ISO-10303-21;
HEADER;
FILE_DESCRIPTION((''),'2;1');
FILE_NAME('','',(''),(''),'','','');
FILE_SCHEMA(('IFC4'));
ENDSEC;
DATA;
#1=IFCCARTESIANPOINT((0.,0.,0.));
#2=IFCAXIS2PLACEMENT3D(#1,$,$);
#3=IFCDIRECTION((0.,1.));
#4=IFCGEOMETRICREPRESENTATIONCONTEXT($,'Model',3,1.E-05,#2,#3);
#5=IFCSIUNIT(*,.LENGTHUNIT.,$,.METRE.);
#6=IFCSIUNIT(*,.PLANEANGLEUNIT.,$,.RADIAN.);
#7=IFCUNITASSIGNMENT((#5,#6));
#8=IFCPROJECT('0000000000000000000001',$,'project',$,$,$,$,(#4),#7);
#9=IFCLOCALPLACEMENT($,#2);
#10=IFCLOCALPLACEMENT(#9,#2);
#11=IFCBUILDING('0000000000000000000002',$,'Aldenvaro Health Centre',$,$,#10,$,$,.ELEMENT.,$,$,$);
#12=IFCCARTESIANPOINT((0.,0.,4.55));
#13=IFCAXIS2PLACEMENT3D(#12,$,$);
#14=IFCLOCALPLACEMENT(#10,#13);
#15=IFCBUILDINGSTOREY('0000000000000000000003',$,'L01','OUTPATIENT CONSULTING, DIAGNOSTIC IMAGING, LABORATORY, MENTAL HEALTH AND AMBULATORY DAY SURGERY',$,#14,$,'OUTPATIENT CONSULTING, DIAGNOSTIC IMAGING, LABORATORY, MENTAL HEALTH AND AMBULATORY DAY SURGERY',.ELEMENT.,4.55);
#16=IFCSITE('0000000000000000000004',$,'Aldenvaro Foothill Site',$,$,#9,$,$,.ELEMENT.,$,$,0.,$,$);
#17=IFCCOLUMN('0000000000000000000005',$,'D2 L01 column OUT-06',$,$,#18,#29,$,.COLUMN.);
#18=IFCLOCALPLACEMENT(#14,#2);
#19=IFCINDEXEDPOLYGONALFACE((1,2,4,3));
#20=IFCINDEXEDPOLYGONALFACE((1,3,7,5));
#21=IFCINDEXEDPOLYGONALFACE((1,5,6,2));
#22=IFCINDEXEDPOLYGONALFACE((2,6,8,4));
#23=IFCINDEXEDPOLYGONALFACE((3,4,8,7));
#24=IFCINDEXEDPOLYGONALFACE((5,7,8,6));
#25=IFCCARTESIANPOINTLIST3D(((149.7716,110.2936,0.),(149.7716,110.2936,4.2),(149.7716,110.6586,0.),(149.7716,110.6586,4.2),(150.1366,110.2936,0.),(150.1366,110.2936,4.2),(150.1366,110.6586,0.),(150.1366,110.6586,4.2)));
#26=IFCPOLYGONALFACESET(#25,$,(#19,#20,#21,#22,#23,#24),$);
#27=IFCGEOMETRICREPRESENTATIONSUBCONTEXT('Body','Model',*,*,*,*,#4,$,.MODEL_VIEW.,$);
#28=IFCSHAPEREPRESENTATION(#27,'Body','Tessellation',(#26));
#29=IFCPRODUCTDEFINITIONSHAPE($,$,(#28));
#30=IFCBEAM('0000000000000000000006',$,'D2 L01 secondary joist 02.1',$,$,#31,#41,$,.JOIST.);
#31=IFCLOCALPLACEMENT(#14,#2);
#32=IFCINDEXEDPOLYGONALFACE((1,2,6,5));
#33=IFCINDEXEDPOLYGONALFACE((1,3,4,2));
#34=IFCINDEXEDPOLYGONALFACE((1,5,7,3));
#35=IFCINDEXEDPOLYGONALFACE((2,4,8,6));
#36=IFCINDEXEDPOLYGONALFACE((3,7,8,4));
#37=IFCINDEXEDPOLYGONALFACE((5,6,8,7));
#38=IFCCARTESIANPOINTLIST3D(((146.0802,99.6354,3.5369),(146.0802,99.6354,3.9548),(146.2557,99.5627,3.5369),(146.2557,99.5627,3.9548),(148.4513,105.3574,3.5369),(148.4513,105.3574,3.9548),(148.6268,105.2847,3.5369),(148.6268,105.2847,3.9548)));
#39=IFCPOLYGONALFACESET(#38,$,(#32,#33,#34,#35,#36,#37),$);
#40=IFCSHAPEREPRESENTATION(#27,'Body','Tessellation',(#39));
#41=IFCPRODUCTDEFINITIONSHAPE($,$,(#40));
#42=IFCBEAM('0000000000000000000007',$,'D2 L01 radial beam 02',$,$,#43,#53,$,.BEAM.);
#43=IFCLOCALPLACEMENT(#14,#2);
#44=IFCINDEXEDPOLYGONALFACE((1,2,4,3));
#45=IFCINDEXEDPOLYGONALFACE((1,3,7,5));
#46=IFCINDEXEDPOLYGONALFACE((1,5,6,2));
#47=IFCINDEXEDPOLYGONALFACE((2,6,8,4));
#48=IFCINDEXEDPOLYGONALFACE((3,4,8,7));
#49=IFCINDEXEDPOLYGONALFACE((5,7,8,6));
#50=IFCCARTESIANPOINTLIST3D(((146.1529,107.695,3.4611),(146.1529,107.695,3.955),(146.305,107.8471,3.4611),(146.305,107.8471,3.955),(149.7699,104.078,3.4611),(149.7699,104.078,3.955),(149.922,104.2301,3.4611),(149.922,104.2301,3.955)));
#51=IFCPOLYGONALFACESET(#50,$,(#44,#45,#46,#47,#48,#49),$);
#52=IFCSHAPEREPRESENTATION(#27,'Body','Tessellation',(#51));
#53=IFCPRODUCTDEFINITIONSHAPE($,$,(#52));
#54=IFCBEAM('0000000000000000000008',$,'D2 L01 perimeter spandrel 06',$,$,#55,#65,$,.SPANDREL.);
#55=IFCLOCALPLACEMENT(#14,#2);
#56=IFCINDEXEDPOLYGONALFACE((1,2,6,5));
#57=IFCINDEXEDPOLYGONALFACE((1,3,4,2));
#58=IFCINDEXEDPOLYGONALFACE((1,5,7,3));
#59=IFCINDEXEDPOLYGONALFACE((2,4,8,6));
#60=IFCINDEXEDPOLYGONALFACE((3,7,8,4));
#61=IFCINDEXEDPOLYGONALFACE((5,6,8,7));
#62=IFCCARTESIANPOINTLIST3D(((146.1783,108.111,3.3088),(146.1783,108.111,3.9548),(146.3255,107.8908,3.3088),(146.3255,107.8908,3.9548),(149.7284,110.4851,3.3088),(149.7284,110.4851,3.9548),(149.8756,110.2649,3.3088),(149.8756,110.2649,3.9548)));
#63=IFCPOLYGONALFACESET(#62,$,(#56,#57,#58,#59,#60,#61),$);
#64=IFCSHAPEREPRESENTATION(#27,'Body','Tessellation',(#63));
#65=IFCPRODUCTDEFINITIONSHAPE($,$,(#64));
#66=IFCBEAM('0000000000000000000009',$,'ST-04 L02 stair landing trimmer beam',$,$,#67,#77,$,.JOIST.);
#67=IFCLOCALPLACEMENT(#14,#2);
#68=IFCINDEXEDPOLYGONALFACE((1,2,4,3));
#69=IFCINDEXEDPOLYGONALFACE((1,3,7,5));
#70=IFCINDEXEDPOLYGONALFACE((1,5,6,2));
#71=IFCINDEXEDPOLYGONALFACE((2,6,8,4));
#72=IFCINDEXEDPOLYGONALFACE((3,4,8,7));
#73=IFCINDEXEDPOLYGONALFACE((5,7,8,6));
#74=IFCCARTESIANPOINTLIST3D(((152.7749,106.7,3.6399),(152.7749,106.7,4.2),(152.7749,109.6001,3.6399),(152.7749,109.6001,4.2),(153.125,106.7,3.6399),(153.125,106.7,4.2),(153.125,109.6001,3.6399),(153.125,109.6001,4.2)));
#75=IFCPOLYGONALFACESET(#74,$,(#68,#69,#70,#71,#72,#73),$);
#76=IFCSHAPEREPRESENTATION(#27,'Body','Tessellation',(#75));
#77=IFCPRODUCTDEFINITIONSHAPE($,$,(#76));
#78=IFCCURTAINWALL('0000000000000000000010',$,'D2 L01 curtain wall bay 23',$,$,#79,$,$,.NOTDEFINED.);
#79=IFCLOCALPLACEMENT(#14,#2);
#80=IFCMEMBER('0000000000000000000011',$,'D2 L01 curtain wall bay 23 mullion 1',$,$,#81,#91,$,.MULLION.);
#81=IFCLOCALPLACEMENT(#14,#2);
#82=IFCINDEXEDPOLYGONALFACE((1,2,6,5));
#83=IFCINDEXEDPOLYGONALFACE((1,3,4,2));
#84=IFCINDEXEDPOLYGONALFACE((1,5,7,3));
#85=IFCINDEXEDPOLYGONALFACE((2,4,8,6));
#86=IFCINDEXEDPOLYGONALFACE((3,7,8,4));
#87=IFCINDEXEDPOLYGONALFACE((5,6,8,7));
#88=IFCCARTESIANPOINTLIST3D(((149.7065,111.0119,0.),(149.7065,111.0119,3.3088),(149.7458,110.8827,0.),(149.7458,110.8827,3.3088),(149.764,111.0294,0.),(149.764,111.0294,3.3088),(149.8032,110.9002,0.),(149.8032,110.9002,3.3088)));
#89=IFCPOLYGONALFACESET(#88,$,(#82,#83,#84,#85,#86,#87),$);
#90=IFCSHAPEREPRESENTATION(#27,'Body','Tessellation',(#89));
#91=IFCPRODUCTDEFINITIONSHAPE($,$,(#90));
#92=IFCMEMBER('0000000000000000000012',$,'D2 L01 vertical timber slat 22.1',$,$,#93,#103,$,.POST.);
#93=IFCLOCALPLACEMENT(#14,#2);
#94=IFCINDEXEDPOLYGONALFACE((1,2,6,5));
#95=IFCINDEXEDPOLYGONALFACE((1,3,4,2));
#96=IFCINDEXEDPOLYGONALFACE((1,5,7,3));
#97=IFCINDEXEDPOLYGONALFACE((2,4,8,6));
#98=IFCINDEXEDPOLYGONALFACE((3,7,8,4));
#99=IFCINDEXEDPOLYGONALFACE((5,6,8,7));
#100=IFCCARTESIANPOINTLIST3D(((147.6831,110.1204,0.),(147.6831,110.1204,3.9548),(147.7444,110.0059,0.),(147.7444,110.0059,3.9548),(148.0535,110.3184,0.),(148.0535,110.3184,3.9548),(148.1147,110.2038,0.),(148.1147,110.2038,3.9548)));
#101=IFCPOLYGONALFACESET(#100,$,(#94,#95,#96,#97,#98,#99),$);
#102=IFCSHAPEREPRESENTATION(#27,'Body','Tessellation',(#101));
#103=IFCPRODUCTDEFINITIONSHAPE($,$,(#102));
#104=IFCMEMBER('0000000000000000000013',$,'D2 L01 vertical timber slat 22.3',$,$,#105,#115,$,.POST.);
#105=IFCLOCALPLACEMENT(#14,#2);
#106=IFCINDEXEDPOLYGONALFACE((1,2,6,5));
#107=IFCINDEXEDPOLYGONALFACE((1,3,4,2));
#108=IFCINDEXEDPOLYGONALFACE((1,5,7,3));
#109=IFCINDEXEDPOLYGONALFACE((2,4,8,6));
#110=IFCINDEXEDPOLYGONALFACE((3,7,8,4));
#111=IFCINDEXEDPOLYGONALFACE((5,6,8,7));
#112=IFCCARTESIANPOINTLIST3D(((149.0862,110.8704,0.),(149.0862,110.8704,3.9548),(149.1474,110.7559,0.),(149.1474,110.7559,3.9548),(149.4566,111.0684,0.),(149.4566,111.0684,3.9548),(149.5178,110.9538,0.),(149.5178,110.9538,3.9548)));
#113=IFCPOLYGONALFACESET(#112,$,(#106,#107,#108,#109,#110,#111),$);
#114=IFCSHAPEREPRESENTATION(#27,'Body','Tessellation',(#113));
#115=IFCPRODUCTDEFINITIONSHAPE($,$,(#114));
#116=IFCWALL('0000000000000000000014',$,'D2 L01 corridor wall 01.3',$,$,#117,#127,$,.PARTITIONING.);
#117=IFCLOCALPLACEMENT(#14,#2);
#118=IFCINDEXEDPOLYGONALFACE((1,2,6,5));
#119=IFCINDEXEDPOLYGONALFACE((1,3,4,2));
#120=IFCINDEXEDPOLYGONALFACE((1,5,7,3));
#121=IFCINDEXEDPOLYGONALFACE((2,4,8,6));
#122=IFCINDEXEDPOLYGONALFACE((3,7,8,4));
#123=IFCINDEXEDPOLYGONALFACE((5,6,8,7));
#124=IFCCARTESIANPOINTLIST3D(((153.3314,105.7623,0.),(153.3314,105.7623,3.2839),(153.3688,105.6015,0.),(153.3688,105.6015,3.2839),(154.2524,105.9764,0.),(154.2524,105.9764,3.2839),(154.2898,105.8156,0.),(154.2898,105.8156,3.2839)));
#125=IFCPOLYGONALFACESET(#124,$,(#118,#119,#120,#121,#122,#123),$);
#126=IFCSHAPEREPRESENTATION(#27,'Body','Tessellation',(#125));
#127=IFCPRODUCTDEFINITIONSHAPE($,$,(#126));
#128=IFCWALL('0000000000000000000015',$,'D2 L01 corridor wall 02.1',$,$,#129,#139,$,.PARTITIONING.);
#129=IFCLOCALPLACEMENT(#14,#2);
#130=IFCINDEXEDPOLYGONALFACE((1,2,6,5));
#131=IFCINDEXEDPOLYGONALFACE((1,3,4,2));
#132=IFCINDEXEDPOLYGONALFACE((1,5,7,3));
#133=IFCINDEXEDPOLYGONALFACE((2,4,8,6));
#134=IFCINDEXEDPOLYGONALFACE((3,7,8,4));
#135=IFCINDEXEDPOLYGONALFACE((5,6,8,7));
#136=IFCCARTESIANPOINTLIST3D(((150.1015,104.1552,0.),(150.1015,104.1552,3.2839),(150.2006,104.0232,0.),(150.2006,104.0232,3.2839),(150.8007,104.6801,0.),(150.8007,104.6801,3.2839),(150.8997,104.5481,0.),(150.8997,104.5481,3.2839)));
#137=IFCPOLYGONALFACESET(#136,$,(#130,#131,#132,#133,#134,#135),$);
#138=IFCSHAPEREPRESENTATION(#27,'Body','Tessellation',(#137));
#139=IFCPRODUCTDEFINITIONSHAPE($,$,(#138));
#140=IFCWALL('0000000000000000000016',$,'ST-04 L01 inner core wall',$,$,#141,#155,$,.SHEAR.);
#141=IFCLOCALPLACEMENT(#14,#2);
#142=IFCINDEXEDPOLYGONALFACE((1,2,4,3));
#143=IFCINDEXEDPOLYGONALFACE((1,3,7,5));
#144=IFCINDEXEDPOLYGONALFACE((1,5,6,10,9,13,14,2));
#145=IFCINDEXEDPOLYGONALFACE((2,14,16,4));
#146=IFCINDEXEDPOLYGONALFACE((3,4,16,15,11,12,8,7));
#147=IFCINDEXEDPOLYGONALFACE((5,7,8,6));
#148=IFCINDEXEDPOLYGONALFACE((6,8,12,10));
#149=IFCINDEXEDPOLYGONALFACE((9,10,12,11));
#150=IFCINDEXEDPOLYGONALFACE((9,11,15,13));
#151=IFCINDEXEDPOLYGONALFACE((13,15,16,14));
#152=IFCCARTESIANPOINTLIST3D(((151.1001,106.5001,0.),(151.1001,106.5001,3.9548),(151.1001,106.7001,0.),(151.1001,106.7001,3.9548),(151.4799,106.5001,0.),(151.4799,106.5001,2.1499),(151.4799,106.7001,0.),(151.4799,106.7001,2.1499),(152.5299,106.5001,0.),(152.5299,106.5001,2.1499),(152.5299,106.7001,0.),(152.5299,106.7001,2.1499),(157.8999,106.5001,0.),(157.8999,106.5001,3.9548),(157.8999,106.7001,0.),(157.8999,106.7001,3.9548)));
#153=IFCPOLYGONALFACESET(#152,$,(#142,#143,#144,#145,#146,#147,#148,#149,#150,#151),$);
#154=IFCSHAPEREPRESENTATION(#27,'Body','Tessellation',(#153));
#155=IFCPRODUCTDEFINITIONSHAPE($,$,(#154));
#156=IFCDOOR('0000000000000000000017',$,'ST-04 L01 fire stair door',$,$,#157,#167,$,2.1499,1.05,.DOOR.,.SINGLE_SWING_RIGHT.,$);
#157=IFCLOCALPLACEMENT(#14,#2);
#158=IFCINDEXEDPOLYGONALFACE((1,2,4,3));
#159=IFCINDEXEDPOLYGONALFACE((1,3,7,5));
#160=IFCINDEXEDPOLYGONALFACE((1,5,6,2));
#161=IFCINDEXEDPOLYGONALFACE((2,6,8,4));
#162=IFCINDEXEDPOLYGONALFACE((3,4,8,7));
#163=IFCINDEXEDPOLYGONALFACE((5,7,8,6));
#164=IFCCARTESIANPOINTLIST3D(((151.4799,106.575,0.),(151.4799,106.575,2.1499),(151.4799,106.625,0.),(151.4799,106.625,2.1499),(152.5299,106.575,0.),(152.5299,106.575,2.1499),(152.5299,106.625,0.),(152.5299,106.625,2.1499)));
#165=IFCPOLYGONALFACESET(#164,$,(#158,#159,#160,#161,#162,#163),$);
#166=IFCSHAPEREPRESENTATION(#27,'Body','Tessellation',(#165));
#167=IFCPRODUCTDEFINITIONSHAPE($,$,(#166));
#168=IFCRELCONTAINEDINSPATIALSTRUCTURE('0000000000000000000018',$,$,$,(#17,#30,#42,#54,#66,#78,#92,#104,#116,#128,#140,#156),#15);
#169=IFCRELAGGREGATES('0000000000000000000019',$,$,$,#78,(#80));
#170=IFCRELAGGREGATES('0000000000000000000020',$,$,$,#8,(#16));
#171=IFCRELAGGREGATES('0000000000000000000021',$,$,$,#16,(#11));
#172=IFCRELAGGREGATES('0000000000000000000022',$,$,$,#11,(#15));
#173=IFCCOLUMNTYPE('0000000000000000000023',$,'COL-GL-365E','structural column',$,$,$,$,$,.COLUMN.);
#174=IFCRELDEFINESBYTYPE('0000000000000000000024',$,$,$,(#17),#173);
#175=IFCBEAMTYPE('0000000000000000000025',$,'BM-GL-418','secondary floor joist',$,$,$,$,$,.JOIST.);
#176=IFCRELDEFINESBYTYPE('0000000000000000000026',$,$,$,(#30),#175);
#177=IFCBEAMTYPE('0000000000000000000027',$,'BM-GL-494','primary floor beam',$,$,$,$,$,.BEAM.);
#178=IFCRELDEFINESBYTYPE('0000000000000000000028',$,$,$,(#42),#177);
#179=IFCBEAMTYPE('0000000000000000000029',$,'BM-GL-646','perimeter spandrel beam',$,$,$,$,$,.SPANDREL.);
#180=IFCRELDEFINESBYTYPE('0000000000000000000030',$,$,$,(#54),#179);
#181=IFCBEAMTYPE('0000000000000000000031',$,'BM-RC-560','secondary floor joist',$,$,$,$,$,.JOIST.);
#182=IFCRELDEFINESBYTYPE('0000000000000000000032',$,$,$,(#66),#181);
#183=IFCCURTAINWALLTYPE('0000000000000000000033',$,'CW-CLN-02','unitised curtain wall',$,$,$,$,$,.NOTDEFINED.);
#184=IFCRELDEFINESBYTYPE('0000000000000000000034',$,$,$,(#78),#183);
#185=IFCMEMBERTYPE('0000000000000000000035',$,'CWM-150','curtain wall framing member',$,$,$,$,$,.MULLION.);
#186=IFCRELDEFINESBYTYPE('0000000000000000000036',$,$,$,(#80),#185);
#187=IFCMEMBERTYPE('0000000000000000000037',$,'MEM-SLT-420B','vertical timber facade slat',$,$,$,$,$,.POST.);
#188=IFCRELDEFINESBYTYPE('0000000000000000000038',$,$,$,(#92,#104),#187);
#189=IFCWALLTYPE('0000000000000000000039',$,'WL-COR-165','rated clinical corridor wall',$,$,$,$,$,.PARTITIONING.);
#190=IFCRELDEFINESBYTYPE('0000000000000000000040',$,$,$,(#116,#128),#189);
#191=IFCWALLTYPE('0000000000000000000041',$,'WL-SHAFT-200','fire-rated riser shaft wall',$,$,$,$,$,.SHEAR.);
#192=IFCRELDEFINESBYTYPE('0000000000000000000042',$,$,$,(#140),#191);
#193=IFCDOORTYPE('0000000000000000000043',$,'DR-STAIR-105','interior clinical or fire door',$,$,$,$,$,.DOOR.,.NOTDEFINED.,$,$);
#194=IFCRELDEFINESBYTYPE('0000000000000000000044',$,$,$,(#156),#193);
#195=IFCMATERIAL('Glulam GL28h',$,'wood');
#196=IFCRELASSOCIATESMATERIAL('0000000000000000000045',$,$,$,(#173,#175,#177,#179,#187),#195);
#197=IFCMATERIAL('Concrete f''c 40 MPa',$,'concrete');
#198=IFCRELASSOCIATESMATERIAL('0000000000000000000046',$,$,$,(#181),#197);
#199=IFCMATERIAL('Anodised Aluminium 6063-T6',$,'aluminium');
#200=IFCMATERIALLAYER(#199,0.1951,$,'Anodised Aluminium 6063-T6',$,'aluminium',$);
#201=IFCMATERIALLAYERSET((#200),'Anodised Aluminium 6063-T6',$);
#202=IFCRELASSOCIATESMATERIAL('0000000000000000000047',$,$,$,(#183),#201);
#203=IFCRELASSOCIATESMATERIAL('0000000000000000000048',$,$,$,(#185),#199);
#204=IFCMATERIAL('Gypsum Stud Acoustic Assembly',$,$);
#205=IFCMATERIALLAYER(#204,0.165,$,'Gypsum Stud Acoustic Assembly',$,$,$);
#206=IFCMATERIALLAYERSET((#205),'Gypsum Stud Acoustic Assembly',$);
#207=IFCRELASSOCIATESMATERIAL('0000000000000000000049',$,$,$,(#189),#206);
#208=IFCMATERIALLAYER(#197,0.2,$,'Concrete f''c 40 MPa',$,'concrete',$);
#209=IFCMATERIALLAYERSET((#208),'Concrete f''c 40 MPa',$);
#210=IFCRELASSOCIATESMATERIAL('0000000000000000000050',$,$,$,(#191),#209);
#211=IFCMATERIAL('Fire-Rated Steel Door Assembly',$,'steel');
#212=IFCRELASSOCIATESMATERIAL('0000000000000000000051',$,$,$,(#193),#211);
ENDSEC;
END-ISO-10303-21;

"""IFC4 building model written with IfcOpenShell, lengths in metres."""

from ifc_helpers import new_model, si_unit, direction, frame, frame_2d, origin, origin_2d, place, context, subcontext, project, spatial, rectangle, extrude, material, layer, layer_set, material_profile, profile_set, type_object, element, fill, aggregate, save


model = new_model("IFC4")

# Units and contexts
model_context = context("Model", 3, precision=1e-05, world=origin(), true_north=direction((0.0, 1.0)))
body_context = subcontext(model_context, "Body", "Model", "MODEL_VIEW")
ifc_project = project(units=[si_unit("LENGTHUNIT", "METRE"), si_unit("PLANEANGLEUNIT", "RADIAN")], contexts=[model_context])

# Site, building, storey
site_placement = place(None, origin())
site = spatial("IfcSite", under=ifc_project, at=site_placement, Name="Aldenvaro Foothill Site", CompositionType="ELEMENT", RefElevation=0.0)
building_placement = place(site_placement, origin())
building = spatial("IfcBuilding", under=site, at=building_placement, Name="Aldenvaro Health Centre", CompositionType="ELEMENT")
storey_placement = place(building_placement, frame((0.0, 0.0, 4.55)))
storey = spatial("IfcBuildingStorey", under=building, at=storey_placement, Name="L01", Description="OUTPATIENT CONSULTING, DIAGNOSTIC IMAGING, LABORATORY, MENTAL HEALTH AND AMBULATORY DAY SURGERY", LongName="OUTPATIENT CONSULTING, DIAGNOSTIC IMAGING, LABORATORY, MENTAL HEALTH AND AMBULATORY DAY SURGERY", CompositionType="ELEMENT", Elevation=4.55)

# Column
ifc_material_1 = material(Name="Glulam GL28h", Category="wood")
ifc_material_profile_1 = material_profile(ifc_material_1, rectangle(XDim=0.365, YDim=0.365, at=origin_2d()), Name="GL 365x365", Category="wood")
ifc_profile_set_1 = profile_set([ifc_material_profile_1], Name="Glulam GL28h")
column_type = type_object("IfcColumnType", Name="COL-GL-365E", Description="structural column", PredefinedType="COLUMN", material=ifc_profile_set_1)
column_placement = place(storey_placement, frame((149.9541, 110.4761, 0.0), z_axis=(0.0, 0.0, 1.0), x_axis=(1.0, 0.0, 0.0)))
element("IfcColumn", 1, at=column_placement, inside=storey, type_object=column_type, Name="D2 L01 column OUT-06", PredefinedType="COLUMN", context=body_context, shape_type="SweptSolid", body=[
    extrude(rectangle(XDim=0.365, YDim=0.365, at=origin_2d()), origin(), (0.0, 0.0, 1.0), 4.2),
])

# Beams
ifc_material_profile_2 = material_profile(ifc_material_1, rectangle(XDim=0.1899, YDim=0.418, at=origin_2d()), Name="GL 190x418", Category="wood")
ifc_profile_set_2 = profile_set([ifc_material_profile_2], Name="Glulam GL28h")
beam_type_1 = type_object("IfcBeamType", Name="BM-GL-418", Description="secondary floor joist", PredefinedType="JOIST", material=ifc_profile_set_2)
beam_1_placement = place(storey_placement, frame((148.5391, 105.321, 3.7458), z_axis=(-0.382821, -0.923823, 0.0), x_axis=(0.923823, -0.382821, 0.0)))
element("IfcBeam", 2, at=beam_1_placement, inside=storey, type_object=beam_type_1, Name="D2 L01 secondary joist 02.1", PredefinedType="JOIST", context=body_context, shape_type="SweptSolid", body=[
    extrude(rectangle(XDim=0.1899, YDim=0.418, at=origin_2d()), origin(), (0.0, 0.0, 1.0), 6.1938),
])
ifc_material_profile_3 = material_profile(ifc_material_1, rectangle(XDim=0.2151, YDim=0.4939, at=origin_2d()), Name="GL 215x494", Category="wood")
ifc_profile_set_3 = profile_set([ifc_material_profile_3], Name="Glulam GL28h")
beam_type_2 = type_object("IfcBeamType", Name="BM-GL-494", Description="primary floor beam", PredefinedType="BEAM", material=ifc_profile_set_3)
beam_2_placement = place(storey_placement, frame((149.8459, 104.1541, 3.708), z_axis=(-0.707107, 0.707107, 0.0), x_axis=(-0.707107, -0.707107, 0.0)))
element("IfcBeam", 3, at=beam_2_placement, inside=storey, type_object=beam_type_2, Name="D2 L01 radial beam 02", PredefinedType="BEAM", context=body_context, shape_type="SweptSolid", body=[
    extrude(rectangle(XDim=0.2151, YDim=0.4939, at=origin_2d()), origin(), (0.0, 0.0, 1.0), 5.1152),
])
ifc_material_profile_4 = material_profile(ifc_material_1, rectangle(XDim=0.2649, YDim=0.646, at=origin_2d()), Name="GL 265x646", Category="wood")
ifc_profile_set_4 = profile_set([ifc_material_profile_4], Name="Glulam GL28h")
beam_type_3 = type_object("IfcBeamType", Name="BM-GL-646", Description="perimeter spandrel beam", PredefinedType="SPANDREL", material=ifc_profile_set_4)
beam_3_placement = place(storey_placement, frame((149.802, 110.375, 3.6318), z_axis=(-0.831258, -0.555887, 0.0), x_axis=(0.555887, -0.831258, 0.0)))
element("IfcBeam", 4, at=beam_3_placement, inside=storey, type_object=beam_type_3, Name="D2 L01 perimeter spandrel 06", PredefinedType="SPANDREL", context=body_context, shape_type="SweptSolid", body=[
    extrude(rectangle(XDim=0.2649, YDim=0.646, at=origin_2d()), origin(), (0.0, 0.0, 1.0), 4.2708),
])
ifc_material_2 = material(Name="Concrete f'c 40 MPa", Category="concrete")
ifc_material_profile_5 = material_profile(ifc_material_2, rectangle(XDim=0.3501, YDim=0.5601, at=origin_2d()), Name="RC 350x560", Category="concrete")
ifc_profile_set_5 = profile_set([ifc_material_profile_5], Name="Concrete f'c 40 MPa")
beam_type_4 = type_object("IfcBeamType", Name="BM-RC-560", Description="secondary floor joist", PredefinedType="JOIST", material=ifc_profile_set_5)
beam_4_placement = place(storey_placement, frame((152.95, 106.7, 3.9199), z_axis=(0.0, 1.0, 0.0), x_axis=(-1.0, 0.0, 0.0)))
element("IfcBeam", 5, at=beam_4_placement, inside=storey, type_object=beam_type_4, Name="ST-04 L02 stair landing trimmer beam", PredefinedType="JOIST", context=body_context, shape_type="SweptSolid", body=[
    extrude(rectangle(XDim=0.3501, YDim=0.5601, at=origin_2d()), origin(), (0.0, 0.0, 1.0), 2.9001),
])

# Curtain wall, member
ifc_material_3 = material(Name="Anodised Aluminium 6063-T6", Category="aluminium")
ifc_layer_1 = layer(ifc_material_3, 0.1951, Name="Anodised Aluminium 6063-T6", Category="aluminium")
ifc_layer_set_1 = layer_set([ifc_layer_1], Name="Anodised Aluminium 6063-T6")
curtain_wall_type = type_object("IfcCurtainWallType", Name="CW-CLN-02", Description="unitised curtain wall", PredefinedType="NOTDEFINED", material=ifc_layer_set_1)
curtain_wall_placement = place(storey_placement, origin())
curtain_wall = element("IfcCurtainWall", 6, at=curtain_wall_placement, inside=storey, type_object=curtain_wall_type, Name="D2 L01 curtain wall bay 23", PredefinedType="NOTDEFINED")
ifc_material_profile_6 = material_profile(ifc_material_3, rectangle(XDim=0.0601, YDim=0.135, at=origin_2d()), Name="ALU 60x135", Category="aluminium")
ifc_profile_set_6 = profile_set([ifc_material_profile_6], Name="Anodised Aluminium 6063-T6")
member_type_1 = type_object("IfcMemberType", Name="CWM-150", Description="curtain wall framing member", PredefinedType="MULLION", material=ifc_profile_set_6)
member_placement = place(storey_placement, frame((149.7549, 110.9561, 0.0), z_axis=(0.0, 0.0, 1.0), x_axis=(0.956893, 0.290441, 0.0)))
member = element("IfcMember", 7, at=member_placement, type_object=member_type_1, Name="D2 L01 curtain wall bay 23 mullion 1", PredefinedType="MULLION", context=body_context, shape_type="SweptSolid", body=[
    extrude(rectangle(XDim=0.0601, YDim=0.135, at=origin_2d()), origin(), (0.0, 0.0, 1.0), 3.3088),
])
aggregate(curtain_wall, [member])

# Members
ifc_material_profile_7 = material_profile(ifc_material_1, rectangle(XDim=0.1299, YDim=0.4199, at=origin_2d()), Name="GL 130x420", Category="wood")
ifc_profile_set_7 = profile_set([ifc_material_profile_7], Name="Glulam GL28h")
member_type_2 = type_object("IfcMemberType", Name="MEM-SLT-420B", Description="vertical timber facade slat", PredefinedType="POST", material=ifc_profile_set_7)
for number, where, z_axis, x_axis, name in (
    (8, (147.8989, 110.1621, 0.0), (0.0, 0.0, 1.0), (-0.471399, 0.88192, 0.0), "D2 L01 vertical timber slat 22.1"),
    (9, (149.302, 110.9121, 0.0), (0.0, 0.0, 1.0), (-0.471399, 0.88192, 0.0), "D2 L01 vertical timber slat 22.3"),
):
    element("IfcMember", number, at=place(storey_placement, frame(where, z_axis=z_axis, x_axis=x_axis)), inside=storey, type_object=member_type_2, Name=name, PredefinedType="POST", context=body_context, shape_type="SweptSolid", body=[
        extrude(rectangle(XDim=0.1299, YDim=0.4199, at=origin_2d()), origin(), (0.0, 0.0, 1.0), 3.9548),
    ])

# Walls
ifc_material_4 = material(Name="Gypsum Stud Acoustic Assembly")
ifc_layer_2 = layer(ifc_material_4, 0.165, Name="Gypsum Stud Acoustic Assembly")
ifc_layer_set_2 = layer_set([ifc_layer_2], Name="Gypsum Stud Acoustic Assembly")
wall_type_1 = type_object("IfcWallType", Name="WL-COR-165", Description="rated clinical corridor wall", PredefinedType="PARTITIONING", material=ifc_layer_set_2)
wall_1_placement = place(storey_placement, frame((154.271, 105.896, 0.0), z_axis=(0.0, 0.0, 1.0), x_axis=(-0.97402, -0.226462, 0.0)))
element("IfcWall", 10, at=wall_1_placement, inside=storey, type_object=wall_type_1, Name="D2 L01 corridor wall 01.3", PredefinedType="PARTITIONING", context=body_context, shape_type="SweptSolid", body=[
    extrude(rectangle(XDim=0.9456, YDim=0.165, at=frame_2d((0.4727, 0.0))), origin(), (0.0, 0.0, 1.0), 3.2839),
])
wall_2_placement = place(storey_placement, frame((150.8501, 104.614, 0.0), z_axis=(0.0, 0.0, 1.0), x_axis=(-0.799732, -0.600357, 0.0)))
element("IfcWall", 11, at=wall_2_placement, inside=storey, type_object=wall_type_1, Name="D2 L01 corridor wall 02.1", PredefinedType="PARTITIONING", context=body_context, shape_type="SweptSolid", body=[
    extrude(rectangle(XDim=0.8743, YDim=0.165, at=frame_2d((0.437, 0.0))), origin(), (0.0, 0.0, 1.0), 3.2839),
])

# Wall, opening, door
ifc_layer_3 = layer(ifc_material_2, 0.2, Name="Concrete f'c 40 MPa", Category="concrete")
ifc_layer_set_3 = layer_set([ifc_layer_3], Name="Concrete f'c 40 MPa")
wall_type_2 = type_object("IfcWallType", Name="WL-SHAFT-200", Description="fire-rated riser shaft wall", PredefinedType="SHEAR", material=ifc_layer_set_3)
wall_3_placement = place(storey_placement, frame((151.1001, 106.6001, 0.0), z_axis=(0.0, 0.0, 1.0), x_axis=(1.0, 0.0, 0.0)))
wall_3 = element("IfcWall", 12, at=wall_3_placement, inside=storey, type_object=wall_type_2, Name="ST-04 L01 inner core wall", PredefinedType="SHEAR", context=body_context, shape_type="SweptSolid", body=[
    extrude(rectangle(XDim=6.7998, YDim=0.2, at=frame_2d((3.3999, 0.0))), origin(), (0.0, 0.0, 1.0), 3.9548),
])
opening_placement = place(wall_3_placement, frame((0.3799, 0.0, 0.0)))
opening = element("IfcOpeningElement", 13, at=opening_placement, cuts=wall_3, PredefinedType="OPENING", context=body_context, shape_type="SweptSolid", body=[
    extrude(rectangle(XDim=1.05, YDim=2.1499, at=frame_2d((0.5249, 1.075))), frame((0.0, 0.1099, 0.0), z_axis=(0.0, -1.0, 0.0), x_axis=(1.0, 0.0, 0.0)), (0.0, 0.0, 1.0), 0.22),
])
ifc_material_5 = material(Name="Fire-Rated Steel Door Assembly", Category="steel")
door_type = type_object("IfcDoorType", Name="DR-STAIR-105", Description="interior clinical or fire door", OperationType="NOTDEFINED", PredefinedType="DOOR", material=ifc_material_5)
door_placement = place(opening_placement, origin())
door = element("IfcDoor", 14, at=door_placement, inside=storey, type_object=door_type, Name="ST-04 L01 fire stair door", OperationType="SINGLE_SWING_RIGHT", OverallHeight=2.1499, OverallWidth=1.05, PredefinedType="DOOR", context=body_context, shape_type="SweptSolid", body=[
    extrude(rectangle(XDim=1.05, YDim=2.1499, at=frame_2d((0.5249, 1.075))), frame((0.0, 0.0249, 0.0), z_axis=(0.0, -1.0, 0.0), x_axis=(1.0, 0.0, 0.0)), (0.0, 0.0, 1.0), 0.05),
])
fill(opening, door)

save(model, "model.ifc")
